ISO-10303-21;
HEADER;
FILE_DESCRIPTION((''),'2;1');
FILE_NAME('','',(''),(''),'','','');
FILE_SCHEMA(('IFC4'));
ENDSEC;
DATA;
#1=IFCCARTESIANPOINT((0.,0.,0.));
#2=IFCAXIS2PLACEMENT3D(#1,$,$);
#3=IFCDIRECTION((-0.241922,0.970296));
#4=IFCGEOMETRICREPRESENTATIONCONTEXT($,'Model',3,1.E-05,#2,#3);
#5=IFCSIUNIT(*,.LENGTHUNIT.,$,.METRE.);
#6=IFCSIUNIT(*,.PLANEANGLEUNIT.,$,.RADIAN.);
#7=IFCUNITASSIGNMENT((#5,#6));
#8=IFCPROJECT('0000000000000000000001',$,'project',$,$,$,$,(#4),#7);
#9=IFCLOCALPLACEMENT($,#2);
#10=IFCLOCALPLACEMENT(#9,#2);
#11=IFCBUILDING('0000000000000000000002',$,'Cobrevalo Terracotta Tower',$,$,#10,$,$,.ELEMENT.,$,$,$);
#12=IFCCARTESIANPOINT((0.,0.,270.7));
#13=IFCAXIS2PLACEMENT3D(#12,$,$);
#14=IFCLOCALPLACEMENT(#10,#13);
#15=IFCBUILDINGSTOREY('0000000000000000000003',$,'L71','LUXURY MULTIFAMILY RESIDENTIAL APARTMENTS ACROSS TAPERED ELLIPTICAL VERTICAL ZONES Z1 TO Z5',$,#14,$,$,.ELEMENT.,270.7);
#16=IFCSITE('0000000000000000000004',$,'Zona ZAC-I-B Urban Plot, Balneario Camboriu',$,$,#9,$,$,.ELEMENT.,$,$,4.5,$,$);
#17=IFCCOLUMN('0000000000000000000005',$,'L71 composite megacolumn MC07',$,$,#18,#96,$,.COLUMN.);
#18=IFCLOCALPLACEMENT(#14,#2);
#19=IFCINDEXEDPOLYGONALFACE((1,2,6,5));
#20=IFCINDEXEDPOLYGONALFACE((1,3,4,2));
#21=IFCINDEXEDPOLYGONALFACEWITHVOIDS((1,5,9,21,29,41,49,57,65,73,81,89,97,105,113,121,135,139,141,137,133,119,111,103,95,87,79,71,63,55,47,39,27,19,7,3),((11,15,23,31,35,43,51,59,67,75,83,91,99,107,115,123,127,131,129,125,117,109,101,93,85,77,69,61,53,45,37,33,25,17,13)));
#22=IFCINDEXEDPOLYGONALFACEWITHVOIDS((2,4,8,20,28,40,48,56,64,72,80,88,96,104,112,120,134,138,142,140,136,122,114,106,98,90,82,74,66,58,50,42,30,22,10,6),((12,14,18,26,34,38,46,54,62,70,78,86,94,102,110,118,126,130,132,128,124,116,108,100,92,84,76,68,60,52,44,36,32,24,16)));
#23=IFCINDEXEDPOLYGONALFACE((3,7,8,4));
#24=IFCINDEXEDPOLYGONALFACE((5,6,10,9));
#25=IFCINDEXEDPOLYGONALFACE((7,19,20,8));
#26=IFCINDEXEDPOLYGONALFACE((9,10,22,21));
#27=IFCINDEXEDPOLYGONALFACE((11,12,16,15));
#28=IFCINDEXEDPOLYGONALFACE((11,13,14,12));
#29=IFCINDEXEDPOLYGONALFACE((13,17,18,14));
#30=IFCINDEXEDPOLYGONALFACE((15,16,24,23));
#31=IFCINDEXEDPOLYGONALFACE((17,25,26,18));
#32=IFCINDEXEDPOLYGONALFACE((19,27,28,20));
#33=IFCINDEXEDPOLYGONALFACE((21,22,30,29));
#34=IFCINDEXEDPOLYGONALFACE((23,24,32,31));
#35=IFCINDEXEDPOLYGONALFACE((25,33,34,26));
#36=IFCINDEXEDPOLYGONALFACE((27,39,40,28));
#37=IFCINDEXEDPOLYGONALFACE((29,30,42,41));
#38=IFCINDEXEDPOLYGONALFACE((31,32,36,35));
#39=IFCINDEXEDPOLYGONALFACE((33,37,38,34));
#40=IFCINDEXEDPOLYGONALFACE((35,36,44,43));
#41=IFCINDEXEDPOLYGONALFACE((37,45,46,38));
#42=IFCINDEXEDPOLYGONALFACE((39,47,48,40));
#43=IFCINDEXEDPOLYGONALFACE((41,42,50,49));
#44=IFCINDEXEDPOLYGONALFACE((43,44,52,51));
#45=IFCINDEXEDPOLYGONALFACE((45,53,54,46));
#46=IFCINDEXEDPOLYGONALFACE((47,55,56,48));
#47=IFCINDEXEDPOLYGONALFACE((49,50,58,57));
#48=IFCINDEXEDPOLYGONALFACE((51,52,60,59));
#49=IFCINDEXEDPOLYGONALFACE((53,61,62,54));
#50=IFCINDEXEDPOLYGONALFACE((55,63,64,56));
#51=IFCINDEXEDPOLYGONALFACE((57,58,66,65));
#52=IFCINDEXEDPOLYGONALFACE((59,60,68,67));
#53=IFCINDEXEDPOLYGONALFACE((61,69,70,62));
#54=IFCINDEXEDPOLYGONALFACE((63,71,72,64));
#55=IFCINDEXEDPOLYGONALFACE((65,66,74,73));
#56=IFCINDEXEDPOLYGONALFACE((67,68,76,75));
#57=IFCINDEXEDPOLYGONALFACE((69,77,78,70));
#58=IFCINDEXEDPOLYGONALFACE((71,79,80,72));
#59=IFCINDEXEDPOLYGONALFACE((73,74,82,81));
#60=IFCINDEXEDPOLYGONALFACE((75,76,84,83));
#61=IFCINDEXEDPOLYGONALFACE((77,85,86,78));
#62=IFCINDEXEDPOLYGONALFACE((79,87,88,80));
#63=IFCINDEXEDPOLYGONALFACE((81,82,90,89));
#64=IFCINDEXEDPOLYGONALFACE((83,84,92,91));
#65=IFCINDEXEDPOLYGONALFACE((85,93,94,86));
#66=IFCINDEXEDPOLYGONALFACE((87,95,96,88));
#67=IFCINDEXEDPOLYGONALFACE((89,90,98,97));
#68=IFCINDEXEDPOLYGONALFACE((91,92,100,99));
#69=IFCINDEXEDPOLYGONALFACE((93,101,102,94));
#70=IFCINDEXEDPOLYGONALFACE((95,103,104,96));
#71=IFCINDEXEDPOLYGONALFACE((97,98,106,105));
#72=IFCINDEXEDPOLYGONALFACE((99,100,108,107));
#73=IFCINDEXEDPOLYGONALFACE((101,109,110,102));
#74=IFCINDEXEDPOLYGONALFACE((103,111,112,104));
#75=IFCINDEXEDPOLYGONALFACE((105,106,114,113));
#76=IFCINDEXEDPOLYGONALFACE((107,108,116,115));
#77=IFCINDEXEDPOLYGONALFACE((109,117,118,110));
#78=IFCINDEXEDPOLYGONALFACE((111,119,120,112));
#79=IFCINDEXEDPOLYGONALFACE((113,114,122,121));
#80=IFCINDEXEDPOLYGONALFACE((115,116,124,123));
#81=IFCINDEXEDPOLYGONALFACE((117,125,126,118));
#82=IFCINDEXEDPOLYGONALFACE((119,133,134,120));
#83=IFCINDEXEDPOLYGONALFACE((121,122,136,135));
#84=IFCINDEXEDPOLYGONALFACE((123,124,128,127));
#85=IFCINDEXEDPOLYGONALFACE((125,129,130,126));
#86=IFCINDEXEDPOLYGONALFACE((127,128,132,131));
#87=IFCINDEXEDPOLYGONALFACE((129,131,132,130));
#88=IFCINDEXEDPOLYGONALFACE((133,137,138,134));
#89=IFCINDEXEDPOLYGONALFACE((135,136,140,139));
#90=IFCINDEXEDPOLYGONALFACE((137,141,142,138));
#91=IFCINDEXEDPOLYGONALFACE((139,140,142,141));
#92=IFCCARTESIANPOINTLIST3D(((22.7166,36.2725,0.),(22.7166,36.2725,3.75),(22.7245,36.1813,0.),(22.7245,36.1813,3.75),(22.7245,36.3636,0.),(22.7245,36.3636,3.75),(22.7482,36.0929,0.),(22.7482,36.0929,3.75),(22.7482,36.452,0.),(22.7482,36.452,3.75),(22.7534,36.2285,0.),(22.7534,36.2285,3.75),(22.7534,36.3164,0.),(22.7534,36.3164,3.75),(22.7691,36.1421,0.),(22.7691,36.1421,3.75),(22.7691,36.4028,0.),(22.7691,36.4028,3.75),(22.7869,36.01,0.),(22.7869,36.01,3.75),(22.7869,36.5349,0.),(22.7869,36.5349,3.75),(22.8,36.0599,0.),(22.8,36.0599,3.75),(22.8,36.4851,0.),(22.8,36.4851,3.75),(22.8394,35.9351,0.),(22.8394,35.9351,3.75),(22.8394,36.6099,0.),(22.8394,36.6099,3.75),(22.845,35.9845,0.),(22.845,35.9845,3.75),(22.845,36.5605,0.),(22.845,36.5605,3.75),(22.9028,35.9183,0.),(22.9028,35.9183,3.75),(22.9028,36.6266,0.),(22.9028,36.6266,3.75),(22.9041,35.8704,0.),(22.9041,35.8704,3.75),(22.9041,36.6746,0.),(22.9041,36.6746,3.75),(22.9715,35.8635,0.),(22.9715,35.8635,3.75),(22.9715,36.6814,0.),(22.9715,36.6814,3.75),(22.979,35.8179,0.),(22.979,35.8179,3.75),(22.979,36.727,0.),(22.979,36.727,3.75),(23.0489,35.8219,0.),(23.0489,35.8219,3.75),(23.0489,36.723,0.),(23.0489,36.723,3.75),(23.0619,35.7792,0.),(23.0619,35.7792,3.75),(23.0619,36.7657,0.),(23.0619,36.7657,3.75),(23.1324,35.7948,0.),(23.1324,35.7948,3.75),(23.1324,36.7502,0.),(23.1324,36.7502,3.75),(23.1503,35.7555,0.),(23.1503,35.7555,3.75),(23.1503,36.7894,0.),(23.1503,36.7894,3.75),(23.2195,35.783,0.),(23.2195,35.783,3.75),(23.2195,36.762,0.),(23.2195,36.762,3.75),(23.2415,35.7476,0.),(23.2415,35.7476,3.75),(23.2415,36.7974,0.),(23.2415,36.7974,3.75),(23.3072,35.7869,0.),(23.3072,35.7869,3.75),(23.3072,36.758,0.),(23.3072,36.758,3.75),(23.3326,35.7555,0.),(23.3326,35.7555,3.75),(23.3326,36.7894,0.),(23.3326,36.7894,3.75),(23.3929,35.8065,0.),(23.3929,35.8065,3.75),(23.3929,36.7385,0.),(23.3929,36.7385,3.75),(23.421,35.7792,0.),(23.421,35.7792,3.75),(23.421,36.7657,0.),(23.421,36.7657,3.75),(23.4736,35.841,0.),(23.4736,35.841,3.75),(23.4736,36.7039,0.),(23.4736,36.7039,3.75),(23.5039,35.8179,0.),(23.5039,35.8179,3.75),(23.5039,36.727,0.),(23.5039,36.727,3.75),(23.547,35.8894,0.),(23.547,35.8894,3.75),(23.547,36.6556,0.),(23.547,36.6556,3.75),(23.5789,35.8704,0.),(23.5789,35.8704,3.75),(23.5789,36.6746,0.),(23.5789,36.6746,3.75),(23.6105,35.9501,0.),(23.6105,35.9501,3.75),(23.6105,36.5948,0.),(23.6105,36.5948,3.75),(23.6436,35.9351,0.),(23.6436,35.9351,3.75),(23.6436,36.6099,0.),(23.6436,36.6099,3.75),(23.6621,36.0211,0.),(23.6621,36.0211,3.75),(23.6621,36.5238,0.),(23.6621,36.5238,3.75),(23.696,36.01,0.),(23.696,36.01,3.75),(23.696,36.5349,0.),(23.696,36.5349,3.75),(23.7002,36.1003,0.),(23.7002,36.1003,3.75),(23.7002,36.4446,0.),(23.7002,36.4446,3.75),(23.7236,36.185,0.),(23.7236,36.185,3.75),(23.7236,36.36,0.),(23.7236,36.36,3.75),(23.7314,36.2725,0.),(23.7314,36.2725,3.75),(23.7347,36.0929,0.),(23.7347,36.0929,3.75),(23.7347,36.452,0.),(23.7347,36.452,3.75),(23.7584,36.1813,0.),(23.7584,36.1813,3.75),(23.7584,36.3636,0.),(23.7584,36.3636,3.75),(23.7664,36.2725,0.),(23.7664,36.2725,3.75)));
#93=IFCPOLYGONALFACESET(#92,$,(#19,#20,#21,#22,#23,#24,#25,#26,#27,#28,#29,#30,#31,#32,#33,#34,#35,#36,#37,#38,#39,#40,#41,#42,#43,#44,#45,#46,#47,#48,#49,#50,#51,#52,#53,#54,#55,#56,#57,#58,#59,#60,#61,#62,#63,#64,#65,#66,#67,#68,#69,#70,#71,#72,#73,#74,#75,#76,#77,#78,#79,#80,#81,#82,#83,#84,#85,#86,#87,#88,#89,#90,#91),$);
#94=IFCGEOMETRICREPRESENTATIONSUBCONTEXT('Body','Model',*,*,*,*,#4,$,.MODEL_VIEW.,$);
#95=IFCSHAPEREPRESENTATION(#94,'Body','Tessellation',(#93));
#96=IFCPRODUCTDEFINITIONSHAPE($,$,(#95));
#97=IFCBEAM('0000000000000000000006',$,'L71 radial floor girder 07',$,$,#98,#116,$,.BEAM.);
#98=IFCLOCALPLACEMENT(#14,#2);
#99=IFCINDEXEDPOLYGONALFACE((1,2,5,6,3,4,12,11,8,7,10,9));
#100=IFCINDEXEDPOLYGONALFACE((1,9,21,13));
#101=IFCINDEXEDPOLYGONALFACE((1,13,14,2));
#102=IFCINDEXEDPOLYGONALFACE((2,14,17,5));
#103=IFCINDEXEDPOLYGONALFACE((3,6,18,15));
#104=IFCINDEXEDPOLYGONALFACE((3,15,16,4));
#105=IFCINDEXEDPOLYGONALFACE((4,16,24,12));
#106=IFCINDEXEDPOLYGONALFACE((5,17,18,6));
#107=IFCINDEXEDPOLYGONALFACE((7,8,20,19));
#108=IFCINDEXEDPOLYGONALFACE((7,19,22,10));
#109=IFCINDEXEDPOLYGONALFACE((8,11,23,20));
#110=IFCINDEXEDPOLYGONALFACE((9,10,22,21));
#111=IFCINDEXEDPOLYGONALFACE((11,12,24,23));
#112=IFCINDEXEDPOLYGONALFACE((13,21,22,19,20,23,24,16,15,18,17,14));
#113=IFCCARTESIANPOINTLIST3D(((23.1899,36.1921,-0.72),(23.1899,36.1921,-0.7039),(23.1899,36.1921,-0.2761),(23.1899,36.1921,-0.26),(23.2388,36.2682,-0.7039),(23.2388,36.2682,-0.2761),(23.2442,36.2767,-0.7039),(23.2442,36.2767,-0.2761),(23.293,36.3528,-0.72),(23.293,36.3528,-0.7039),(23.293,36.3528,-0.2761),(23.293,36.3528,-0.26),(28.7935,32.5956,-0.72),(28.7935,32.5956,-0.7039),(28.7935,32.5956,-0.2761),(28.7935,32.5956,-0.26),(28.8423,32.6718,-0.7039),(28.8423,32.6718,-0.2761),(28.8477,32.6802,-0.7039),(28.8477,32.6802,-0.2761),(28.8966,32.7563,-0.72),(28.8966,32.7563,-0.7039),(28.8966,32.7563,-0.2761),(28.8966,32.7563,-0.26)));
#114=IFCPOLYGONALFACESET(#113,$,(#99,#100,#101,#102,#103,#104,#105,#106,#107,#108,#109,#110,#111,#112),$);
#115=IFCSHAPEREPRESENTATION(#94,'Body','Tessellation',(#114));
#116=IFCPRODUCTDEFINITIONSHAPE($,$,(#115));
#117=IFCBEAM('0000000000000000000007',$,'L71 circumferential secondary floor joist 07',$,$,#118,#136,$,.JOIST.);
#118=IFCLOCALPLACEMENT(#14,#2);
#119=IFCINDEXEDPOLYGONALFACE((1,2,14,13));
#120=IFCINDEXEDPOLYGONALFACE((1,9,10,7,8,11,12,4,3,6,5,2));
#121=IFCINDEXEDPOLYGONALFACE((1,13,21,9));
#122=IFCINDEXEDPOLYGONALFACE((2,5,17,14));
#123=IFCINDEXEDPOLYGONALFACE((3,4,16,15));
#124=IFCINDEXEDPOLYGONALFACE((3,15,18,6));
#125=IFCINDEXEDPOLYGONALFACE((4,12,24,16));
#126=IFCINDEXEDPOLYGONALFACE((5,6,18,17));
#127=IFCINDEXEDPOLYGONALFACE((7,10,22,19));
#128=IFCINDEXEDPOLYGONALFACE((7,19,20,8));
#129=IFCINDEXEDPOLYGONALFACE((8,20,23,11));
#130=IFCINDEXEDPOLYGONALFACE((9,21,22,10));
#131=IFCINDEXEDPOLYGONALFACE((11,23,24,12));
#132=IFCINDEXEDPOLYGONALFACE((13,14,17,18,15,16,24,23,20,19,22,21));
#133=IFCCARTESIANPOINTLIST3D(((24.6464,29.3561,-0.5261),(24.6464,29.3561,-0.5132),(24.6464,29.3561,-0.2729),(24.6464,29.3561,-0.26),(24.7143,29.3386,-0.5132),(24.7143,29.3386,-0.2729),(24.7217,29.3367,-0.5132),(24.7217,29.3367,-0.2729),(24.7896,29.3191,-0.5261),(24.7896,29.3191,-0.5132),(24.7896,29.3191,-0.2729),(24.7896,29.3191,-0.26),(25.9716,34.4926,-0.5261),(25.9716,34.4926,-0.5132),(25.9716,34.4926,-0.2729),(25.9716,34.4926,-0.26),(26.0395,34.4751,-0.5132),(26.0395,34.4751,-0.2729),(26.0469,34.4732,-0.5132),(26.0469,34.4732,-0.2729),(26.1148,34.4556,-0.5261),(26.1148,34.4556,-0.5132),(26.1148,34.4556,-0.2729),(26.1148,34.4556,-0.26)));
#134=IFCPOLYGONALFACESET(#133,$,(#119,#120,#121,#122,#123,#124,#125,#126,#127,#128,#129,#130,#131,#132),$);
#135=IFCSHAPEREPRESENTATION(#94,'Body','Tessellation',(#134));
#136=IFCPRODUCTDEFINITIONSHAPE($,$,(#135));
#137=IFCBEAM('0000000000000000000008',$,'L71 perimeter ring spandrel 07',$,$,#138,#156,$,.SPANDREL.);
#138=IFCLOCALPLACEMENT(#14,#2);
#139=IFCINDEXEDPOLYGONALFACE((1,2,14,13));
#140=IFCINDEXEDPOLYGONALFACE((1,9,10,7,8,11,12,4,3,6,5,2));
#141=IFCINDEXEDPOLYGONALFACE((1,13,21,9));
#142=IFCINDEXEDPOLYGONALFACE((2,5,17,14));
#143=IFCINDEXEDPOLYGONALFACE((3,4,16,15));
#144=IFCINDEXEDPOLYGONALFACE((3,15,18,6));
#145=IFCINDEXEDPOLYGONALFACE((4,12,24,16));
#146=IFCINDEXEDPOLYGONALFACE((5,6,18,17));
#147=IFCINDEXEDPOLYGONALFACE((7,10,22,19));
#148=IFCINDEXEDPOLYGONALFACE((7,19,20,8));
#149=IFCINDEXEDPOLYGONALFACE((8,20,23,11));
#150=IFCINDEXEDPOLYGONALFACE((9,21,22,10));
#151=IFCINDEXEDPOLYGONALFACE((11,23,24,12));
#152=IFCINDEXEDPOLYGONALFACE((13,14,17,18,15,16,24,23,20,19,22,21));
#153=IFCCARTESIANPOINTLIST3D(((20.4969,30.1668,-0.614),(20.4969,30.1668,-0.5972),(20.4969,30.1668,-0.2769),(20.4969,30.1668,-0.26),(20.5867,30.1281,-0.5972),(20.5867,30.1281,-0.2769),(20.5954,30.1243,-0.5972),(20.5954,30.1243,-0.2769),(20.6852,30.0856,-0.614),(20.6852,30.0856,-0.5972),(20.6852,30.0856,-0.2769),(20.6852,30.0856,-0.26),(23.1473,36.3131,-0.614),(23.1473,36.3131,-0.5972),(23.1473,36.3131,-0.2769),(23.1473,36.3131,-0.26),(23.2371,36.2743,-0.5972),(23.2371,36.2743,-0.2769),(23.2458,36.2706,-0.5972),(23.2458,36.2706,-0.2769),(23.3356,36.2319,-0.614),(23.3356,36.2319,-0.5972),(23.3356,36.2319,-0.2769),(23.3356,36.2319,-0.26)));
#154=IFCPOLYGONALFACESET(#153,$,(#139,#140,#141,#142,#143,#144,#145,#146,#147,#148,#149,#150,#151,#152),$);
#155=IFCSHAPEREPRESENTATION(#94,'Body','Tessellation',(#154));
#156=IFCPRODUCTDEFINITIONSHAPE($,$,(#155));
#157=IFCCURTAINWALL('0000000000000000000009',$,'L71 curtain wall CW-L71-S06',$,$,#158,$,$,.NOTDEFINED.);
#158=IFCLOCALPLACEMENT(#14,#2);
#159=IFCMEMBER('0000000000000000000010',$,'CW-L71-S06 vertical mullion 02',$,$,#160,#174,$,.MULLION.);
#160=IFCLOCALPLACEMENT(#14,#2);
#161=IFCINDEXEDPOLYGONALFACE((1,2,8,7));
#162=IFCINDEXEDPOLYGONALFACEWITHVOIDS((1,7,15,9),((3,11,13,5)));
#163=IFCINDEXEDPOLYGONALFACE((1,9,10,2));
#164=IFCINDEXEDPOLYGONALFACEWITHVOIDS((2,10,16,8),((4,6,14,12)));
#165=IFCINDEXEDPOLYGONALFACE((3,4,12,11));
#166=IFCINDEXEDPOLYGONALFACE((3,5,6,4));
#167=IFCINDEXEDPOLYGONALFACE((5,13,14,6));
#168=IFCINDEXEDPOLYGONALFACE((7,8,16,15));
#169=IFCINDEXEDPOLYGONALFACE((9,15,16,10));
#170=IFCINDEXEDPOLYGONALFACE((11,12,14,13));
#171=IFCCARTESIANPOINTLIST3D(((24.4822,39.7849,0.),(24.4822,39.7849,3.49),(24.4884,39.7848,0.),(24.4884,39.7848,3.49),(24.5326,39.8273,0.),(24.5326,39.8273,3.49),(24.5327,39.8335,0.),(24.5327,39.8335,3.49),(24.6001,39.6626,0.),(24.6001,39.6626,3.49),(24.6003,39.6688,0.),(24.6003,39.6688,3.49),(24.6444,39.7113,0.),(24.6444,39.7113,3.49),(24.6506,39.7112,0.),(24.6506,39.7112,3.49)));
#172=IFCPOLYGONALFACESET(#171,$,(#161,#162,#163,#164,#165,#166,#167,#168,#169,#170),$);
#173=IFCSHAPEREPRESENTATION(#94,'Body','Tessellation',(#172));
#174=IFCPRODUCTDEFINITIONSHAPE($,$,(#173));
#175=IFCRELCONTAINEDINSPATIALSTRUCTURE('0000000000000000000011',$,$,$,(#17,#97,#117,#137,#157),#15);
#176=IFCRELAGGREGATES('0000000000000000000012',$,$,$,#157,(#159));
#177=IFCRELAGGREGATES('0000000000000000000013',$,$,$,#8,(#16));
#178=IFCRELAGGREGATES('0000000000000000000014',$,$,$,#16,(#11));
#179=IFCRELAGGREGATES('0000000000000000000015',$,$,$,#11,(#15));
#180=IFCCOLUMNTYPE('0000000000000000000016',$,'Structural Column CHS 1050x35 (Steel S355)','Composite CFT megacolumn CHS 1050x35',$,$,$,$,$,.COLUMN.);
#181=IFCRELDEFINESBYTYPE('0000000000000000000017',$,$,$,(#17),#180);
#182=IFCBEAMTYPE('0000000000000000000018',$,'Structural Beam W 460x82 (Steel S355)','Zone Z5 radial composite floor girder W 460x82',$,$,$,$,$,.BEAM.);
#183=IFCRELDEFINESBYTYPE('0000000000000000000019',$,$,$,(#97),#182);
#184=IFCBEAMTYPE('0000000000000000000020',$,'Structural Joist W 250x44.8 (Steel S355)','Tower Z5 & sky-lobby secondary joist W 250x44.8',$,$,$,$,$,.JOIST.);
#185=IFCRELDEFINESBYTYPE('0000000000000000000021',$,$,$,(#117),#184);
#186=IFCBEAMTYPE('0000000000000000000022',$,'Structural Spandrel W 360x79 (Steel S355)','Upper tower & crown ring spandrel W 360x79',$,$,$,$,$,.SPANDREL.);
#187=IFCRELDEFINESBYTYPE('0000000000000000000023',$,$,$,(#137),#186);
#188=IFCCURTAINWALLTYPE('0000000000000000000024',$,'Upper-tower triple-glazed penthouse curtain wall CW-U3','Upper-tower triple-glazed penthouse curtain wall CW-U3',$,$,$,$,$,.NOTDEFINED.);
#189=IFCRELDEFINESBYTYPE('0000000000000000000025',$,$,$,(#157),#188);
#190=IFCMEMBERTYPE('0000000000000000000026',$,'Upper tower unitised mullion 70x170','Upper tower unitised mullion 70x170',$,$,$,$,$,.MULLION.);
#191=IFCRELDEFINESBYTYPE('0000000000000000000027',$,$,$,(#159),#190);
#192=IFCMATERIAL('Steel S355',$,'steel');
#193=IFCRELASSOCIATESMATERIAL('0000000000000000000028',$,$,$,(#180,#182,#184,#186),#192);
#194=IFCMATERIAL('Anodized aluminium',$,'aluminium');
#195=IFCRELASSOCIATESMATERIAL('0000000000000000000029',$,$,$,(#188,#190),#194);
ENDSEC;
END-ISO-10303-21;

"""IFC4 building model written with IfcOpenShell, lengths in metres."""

from ifc_helpers import new_model, si_unit, direction, frame, origin, origin_2d, place, context, subcontext, project, spatial, hollow_rectangle, hollow_circle, i_section, extrude, source, transform, mapped, material, material_profile, profile_set, type_object, element, aggregate, save


model = new_model("IFC4")

# Units and contexts
model_context = context("Model", 3, precision=1e-05, world=origin(), true_north=direction((-0.241922, 0.970296)))
body_context = subcontext(model_context, "Body", "Model", "MODEL_VIEW")
ifc_project = project(units=[si_unit("LENGTHUNIT", "METRE"), si_unit("PLANEANGLEUNIT", "RADIAN")], contexts=[model_context])

# Site, building, storey
site_placement = place(None, origin())
site = spatial("IfcSite", under=ifc_project, at=site_placement, Name="Zona ZAC-I-B Urban Plot, Balneario Camboriu", CompositionType="ELEMENT", RefElevation=4.5)
building_placement = place(site_placement, origin())
building = spatial("IfcBuilding", under=site, at=building_placement, Name="Cobrevalo Terracotta Tower", CompositionType="ELEMENT")
storey_placement = place(building_placement, frame((0.0, 0.0, 270.7)))
storey = spatial("IfcBuildingStorey", under=building, at=storey_placement, Name="L71", Description="LUXURY MULTIFAMILY RESIDENTIAL APARTMENTS ACROSS TAPERED ELLIPTICAL VERTICAL ZONES Z1 TO Z5", CompositionType="ELEMENT", Elevation=270.7)

# Column
ifc_material_1 = material(Name="Steel S355", Category="steel")
ifc_material_profile_1 = material_profile(ifc_material_1, hollow_circle(Radius=0.5249, WallThickness=0.0349, at=origin_2d()), Name="CHS 1050x35")
ifc_profile_set_1 = profile_set([ifc_material_profile_1], Name="Steel S355")
column_type = type_object("IfcColumnType", Name="Structural Column CHS 1050x35 (Steel S355)", Description="Composite CFT megacolumn CHS 1050x35", PredefinedType="COLUMN", material=ifc_profile_set_1)
column_placement = place(storey_placement, frame((23.2415, 36.2725, 0.0), z_axis=(0.0, 0.0, 1.0), x_axis=(1.0, 0.0, 0.0)))
element("IfcColumn", 1, at=column_placement, inside=storey, type_object=column_type, Name="L71 composite megacolumn MC07", PredefinedType="COLUMN", context=body_context, shape_type="SweptSolid", body=[
    extrude(hollow_circle(Radius=0.5249, WallThickness=0.0349, at=origin_2d()), origin(), (0.0, 0.0, 1.0), 3.75),
])

# Beams
ifc_material_profile_2 = material_profile(ifc_material_1, i_section(OverallWidth=0.1909, OverallDepth=0.46, WebThickness=0.01, FlangeThickness=0.0161, at=origin_2d()), Name="W 460x82")
ifc_profile_set_2 = profile_set([ifc_material_profile_2], Name="Steel S355")
beam_type_1 = type_object("IfcBeamType", Name="Structural Beam W 460x82 (Steel S355)", Description="Zone Z5 radial composite floor girder W 460x82", PredefinedType="BEAM", material=ifc_profile_set_2)
beam_1_placement = place(storey_placement, frame((23.2415, 36.2725, -0.49), z_axis=(0.841576, -0.540138, 0.0), x_axis=(0.540138, 0.841576, 0.0)))
element("IfcBeam", 2, at=beam_1_placement, inside=storey, type_object=beam_type_1, Name="L71 radial floor girder 07", PredefinedType="BEAM", context=body_context, shape_type="SweptSolid", body=[
    extrude(i_section(OverallWidth=0.1909, OverallDepth=0.46, WebThickness=0.01, FlangeThickness=0.0161, at=origin_2d()), origin(), (0.0, 0.0, 1.0), 6.6584),
])
ifc_material_profile_3 = material_profile(ifc_material_1, i_section(OverallWidth=0.1479, OverallDepth=0.2661, WebThickness=0.0076, FlangeThickness=0.0129, at=origin_2d()), Name="W 250x44.8")
ifc_profile_set_3 = profile_set([ifc_material_profile_3], Name="Steel S355")
beam_type_2 = type_object("IfcBeamType", Name="Structural Joist W 250x44.8 (Steel S355)", Description="Tower Z5 & sky-lobby secondary joist W 250x44.8", PredefinedType="JOIST", material=ifc_profile_set_3)
beam_2_placement = place(storey_placement, frame((26.0432, 34.4741, -0.3931), z_axis=(-0.249817, -0.968293, 0.0), x_axis=(0.968293, -0.249817, 0.0)))
element("IfcBeam", 3, at=beam_2_placement, inside=storey, type_object=beam_type_2, Name="L71 circumferential secondary floor joist 07", PredefinedType="JOIST", context=body_context, shape_type="SweptSolid", body=[
    extrude(i_section(OverallWidth=0.1479, OverallDepth=0.2661, WebThickness=0.0076, FlangeThickness=0.0129, at=origin_2d()), origin(), (0.0, 0.0, 1.0), 5.3047),
])
ifc_material_profile_4 = material_profile(ifc_material_1, i_section(OverallWidth=0.2051, OverallDepth=0.354, WebThickness=0.0095, FlangeThickness=0.0168, at=origin_2d()), Name="W 360x79")
ifc_profile_set_4 = profile_set([ifc_material_profile_4], Name="Steel S355")
beam_type_3 = type_object("IfcBeamType", Name="Structural Spandrel W 360x79 (Steel S355)", Description="Upper tower & crown ring spandrel W 360x79", PredefinedType="SPANDREL", material=ifc_profile_set_4)
beam_3_placement = place(storey_placement, frame((23.2415, 36.2725, -0.437), z_axis=(-0.395974, -0.918262, 0.0), x_axis=(0.918262, -0.395974, 0.0)))
element("IfcBeam", 4, at=beam_3_placement, inside=storey, type_object=beam_type_3, Name="L71 perimeter ring spandrel 07", PredefinedType="SPANDREL", context=body_context, shape_type="SweptSolid", body=[
    extrude(i_section(OverallWidth=0.2051, OverallDepth=0.354, WebThickness=0.0095, FlangeThickness=0.0168, at=origin_2d()), origin(), (0.0, 0.0, 1.0), 6.6934),
])

# Curtain wall, member
ifc_material_2 = material(Name="Anodized aluminium", Category="aluminium")
curtain_wall_type = type_object("IfcCurtainWallType", Name="Upper-tower triple-glazed penthouse curtain wall CW-U3", Description="Upper-tower triple-glazed penthouse curtain wall CW-U3", PredefinedType="NOTDEFINED", material=ifc_material_2)
curtain_wall_placement = place(storey_placement, origin())
curtain_wall = element("IfcCurtainWall", 5, at=curtain_wall_placement, inside=storey, type_object=curtain_wall_type, Name="L71 curtain wall CW-L71-S06", PredefinedType="NOTDEFINED")
ifc_material_profile_5 = material_profile(ifc_material_2, hollow_rectangle(XDim=0.0701, YDim=0.1699, WallThickness=0.0044, at=origin_2d()), Name="CWM 70x170")
ifc_profile_set_5 = profile_set([ifc_material_profile_5], Name="Anodized aluminium")
member_type_1 = type_object("IfcMemberType", Name="Upper tower unitised mullion 70x170", Description="Upper tower unitised mullion 70x170", PredefinedType="MULLION", material=ifc_profile_set_5)
shared_shape_1 = source(origin(), body_context, "Body", "SweptSolid", [
    extrude(hollow_rectangle(XDim=0.0701, YDim=0.1699, WallThickness=0.0044, at=origin_2d()), origin(), (0.0, 0.0, 1.0), 3.49),
])
member_1_placement = place(storey_placement, frame((24.5664, 39.748, 0.0), z_axis=(0.0, 0.0, 1.0), x_axis=(-0.719994, -0.69398, 0.0)))
member_1 = element("IfcMember", 6, at=member_1_placement, type_object=member_type_1, Name="CW-L71-S06 vertical mullion 02", PredefinedType="MULLION", context=body_context, shape_type="MappedRepresentation", body=[
    mapped(shared_shape_1, transform((0.0, 0.0, 0.0), scale=1.0)),
])
aggregate(curtain_wall, [member_1])

save(model, "model.ifc")
